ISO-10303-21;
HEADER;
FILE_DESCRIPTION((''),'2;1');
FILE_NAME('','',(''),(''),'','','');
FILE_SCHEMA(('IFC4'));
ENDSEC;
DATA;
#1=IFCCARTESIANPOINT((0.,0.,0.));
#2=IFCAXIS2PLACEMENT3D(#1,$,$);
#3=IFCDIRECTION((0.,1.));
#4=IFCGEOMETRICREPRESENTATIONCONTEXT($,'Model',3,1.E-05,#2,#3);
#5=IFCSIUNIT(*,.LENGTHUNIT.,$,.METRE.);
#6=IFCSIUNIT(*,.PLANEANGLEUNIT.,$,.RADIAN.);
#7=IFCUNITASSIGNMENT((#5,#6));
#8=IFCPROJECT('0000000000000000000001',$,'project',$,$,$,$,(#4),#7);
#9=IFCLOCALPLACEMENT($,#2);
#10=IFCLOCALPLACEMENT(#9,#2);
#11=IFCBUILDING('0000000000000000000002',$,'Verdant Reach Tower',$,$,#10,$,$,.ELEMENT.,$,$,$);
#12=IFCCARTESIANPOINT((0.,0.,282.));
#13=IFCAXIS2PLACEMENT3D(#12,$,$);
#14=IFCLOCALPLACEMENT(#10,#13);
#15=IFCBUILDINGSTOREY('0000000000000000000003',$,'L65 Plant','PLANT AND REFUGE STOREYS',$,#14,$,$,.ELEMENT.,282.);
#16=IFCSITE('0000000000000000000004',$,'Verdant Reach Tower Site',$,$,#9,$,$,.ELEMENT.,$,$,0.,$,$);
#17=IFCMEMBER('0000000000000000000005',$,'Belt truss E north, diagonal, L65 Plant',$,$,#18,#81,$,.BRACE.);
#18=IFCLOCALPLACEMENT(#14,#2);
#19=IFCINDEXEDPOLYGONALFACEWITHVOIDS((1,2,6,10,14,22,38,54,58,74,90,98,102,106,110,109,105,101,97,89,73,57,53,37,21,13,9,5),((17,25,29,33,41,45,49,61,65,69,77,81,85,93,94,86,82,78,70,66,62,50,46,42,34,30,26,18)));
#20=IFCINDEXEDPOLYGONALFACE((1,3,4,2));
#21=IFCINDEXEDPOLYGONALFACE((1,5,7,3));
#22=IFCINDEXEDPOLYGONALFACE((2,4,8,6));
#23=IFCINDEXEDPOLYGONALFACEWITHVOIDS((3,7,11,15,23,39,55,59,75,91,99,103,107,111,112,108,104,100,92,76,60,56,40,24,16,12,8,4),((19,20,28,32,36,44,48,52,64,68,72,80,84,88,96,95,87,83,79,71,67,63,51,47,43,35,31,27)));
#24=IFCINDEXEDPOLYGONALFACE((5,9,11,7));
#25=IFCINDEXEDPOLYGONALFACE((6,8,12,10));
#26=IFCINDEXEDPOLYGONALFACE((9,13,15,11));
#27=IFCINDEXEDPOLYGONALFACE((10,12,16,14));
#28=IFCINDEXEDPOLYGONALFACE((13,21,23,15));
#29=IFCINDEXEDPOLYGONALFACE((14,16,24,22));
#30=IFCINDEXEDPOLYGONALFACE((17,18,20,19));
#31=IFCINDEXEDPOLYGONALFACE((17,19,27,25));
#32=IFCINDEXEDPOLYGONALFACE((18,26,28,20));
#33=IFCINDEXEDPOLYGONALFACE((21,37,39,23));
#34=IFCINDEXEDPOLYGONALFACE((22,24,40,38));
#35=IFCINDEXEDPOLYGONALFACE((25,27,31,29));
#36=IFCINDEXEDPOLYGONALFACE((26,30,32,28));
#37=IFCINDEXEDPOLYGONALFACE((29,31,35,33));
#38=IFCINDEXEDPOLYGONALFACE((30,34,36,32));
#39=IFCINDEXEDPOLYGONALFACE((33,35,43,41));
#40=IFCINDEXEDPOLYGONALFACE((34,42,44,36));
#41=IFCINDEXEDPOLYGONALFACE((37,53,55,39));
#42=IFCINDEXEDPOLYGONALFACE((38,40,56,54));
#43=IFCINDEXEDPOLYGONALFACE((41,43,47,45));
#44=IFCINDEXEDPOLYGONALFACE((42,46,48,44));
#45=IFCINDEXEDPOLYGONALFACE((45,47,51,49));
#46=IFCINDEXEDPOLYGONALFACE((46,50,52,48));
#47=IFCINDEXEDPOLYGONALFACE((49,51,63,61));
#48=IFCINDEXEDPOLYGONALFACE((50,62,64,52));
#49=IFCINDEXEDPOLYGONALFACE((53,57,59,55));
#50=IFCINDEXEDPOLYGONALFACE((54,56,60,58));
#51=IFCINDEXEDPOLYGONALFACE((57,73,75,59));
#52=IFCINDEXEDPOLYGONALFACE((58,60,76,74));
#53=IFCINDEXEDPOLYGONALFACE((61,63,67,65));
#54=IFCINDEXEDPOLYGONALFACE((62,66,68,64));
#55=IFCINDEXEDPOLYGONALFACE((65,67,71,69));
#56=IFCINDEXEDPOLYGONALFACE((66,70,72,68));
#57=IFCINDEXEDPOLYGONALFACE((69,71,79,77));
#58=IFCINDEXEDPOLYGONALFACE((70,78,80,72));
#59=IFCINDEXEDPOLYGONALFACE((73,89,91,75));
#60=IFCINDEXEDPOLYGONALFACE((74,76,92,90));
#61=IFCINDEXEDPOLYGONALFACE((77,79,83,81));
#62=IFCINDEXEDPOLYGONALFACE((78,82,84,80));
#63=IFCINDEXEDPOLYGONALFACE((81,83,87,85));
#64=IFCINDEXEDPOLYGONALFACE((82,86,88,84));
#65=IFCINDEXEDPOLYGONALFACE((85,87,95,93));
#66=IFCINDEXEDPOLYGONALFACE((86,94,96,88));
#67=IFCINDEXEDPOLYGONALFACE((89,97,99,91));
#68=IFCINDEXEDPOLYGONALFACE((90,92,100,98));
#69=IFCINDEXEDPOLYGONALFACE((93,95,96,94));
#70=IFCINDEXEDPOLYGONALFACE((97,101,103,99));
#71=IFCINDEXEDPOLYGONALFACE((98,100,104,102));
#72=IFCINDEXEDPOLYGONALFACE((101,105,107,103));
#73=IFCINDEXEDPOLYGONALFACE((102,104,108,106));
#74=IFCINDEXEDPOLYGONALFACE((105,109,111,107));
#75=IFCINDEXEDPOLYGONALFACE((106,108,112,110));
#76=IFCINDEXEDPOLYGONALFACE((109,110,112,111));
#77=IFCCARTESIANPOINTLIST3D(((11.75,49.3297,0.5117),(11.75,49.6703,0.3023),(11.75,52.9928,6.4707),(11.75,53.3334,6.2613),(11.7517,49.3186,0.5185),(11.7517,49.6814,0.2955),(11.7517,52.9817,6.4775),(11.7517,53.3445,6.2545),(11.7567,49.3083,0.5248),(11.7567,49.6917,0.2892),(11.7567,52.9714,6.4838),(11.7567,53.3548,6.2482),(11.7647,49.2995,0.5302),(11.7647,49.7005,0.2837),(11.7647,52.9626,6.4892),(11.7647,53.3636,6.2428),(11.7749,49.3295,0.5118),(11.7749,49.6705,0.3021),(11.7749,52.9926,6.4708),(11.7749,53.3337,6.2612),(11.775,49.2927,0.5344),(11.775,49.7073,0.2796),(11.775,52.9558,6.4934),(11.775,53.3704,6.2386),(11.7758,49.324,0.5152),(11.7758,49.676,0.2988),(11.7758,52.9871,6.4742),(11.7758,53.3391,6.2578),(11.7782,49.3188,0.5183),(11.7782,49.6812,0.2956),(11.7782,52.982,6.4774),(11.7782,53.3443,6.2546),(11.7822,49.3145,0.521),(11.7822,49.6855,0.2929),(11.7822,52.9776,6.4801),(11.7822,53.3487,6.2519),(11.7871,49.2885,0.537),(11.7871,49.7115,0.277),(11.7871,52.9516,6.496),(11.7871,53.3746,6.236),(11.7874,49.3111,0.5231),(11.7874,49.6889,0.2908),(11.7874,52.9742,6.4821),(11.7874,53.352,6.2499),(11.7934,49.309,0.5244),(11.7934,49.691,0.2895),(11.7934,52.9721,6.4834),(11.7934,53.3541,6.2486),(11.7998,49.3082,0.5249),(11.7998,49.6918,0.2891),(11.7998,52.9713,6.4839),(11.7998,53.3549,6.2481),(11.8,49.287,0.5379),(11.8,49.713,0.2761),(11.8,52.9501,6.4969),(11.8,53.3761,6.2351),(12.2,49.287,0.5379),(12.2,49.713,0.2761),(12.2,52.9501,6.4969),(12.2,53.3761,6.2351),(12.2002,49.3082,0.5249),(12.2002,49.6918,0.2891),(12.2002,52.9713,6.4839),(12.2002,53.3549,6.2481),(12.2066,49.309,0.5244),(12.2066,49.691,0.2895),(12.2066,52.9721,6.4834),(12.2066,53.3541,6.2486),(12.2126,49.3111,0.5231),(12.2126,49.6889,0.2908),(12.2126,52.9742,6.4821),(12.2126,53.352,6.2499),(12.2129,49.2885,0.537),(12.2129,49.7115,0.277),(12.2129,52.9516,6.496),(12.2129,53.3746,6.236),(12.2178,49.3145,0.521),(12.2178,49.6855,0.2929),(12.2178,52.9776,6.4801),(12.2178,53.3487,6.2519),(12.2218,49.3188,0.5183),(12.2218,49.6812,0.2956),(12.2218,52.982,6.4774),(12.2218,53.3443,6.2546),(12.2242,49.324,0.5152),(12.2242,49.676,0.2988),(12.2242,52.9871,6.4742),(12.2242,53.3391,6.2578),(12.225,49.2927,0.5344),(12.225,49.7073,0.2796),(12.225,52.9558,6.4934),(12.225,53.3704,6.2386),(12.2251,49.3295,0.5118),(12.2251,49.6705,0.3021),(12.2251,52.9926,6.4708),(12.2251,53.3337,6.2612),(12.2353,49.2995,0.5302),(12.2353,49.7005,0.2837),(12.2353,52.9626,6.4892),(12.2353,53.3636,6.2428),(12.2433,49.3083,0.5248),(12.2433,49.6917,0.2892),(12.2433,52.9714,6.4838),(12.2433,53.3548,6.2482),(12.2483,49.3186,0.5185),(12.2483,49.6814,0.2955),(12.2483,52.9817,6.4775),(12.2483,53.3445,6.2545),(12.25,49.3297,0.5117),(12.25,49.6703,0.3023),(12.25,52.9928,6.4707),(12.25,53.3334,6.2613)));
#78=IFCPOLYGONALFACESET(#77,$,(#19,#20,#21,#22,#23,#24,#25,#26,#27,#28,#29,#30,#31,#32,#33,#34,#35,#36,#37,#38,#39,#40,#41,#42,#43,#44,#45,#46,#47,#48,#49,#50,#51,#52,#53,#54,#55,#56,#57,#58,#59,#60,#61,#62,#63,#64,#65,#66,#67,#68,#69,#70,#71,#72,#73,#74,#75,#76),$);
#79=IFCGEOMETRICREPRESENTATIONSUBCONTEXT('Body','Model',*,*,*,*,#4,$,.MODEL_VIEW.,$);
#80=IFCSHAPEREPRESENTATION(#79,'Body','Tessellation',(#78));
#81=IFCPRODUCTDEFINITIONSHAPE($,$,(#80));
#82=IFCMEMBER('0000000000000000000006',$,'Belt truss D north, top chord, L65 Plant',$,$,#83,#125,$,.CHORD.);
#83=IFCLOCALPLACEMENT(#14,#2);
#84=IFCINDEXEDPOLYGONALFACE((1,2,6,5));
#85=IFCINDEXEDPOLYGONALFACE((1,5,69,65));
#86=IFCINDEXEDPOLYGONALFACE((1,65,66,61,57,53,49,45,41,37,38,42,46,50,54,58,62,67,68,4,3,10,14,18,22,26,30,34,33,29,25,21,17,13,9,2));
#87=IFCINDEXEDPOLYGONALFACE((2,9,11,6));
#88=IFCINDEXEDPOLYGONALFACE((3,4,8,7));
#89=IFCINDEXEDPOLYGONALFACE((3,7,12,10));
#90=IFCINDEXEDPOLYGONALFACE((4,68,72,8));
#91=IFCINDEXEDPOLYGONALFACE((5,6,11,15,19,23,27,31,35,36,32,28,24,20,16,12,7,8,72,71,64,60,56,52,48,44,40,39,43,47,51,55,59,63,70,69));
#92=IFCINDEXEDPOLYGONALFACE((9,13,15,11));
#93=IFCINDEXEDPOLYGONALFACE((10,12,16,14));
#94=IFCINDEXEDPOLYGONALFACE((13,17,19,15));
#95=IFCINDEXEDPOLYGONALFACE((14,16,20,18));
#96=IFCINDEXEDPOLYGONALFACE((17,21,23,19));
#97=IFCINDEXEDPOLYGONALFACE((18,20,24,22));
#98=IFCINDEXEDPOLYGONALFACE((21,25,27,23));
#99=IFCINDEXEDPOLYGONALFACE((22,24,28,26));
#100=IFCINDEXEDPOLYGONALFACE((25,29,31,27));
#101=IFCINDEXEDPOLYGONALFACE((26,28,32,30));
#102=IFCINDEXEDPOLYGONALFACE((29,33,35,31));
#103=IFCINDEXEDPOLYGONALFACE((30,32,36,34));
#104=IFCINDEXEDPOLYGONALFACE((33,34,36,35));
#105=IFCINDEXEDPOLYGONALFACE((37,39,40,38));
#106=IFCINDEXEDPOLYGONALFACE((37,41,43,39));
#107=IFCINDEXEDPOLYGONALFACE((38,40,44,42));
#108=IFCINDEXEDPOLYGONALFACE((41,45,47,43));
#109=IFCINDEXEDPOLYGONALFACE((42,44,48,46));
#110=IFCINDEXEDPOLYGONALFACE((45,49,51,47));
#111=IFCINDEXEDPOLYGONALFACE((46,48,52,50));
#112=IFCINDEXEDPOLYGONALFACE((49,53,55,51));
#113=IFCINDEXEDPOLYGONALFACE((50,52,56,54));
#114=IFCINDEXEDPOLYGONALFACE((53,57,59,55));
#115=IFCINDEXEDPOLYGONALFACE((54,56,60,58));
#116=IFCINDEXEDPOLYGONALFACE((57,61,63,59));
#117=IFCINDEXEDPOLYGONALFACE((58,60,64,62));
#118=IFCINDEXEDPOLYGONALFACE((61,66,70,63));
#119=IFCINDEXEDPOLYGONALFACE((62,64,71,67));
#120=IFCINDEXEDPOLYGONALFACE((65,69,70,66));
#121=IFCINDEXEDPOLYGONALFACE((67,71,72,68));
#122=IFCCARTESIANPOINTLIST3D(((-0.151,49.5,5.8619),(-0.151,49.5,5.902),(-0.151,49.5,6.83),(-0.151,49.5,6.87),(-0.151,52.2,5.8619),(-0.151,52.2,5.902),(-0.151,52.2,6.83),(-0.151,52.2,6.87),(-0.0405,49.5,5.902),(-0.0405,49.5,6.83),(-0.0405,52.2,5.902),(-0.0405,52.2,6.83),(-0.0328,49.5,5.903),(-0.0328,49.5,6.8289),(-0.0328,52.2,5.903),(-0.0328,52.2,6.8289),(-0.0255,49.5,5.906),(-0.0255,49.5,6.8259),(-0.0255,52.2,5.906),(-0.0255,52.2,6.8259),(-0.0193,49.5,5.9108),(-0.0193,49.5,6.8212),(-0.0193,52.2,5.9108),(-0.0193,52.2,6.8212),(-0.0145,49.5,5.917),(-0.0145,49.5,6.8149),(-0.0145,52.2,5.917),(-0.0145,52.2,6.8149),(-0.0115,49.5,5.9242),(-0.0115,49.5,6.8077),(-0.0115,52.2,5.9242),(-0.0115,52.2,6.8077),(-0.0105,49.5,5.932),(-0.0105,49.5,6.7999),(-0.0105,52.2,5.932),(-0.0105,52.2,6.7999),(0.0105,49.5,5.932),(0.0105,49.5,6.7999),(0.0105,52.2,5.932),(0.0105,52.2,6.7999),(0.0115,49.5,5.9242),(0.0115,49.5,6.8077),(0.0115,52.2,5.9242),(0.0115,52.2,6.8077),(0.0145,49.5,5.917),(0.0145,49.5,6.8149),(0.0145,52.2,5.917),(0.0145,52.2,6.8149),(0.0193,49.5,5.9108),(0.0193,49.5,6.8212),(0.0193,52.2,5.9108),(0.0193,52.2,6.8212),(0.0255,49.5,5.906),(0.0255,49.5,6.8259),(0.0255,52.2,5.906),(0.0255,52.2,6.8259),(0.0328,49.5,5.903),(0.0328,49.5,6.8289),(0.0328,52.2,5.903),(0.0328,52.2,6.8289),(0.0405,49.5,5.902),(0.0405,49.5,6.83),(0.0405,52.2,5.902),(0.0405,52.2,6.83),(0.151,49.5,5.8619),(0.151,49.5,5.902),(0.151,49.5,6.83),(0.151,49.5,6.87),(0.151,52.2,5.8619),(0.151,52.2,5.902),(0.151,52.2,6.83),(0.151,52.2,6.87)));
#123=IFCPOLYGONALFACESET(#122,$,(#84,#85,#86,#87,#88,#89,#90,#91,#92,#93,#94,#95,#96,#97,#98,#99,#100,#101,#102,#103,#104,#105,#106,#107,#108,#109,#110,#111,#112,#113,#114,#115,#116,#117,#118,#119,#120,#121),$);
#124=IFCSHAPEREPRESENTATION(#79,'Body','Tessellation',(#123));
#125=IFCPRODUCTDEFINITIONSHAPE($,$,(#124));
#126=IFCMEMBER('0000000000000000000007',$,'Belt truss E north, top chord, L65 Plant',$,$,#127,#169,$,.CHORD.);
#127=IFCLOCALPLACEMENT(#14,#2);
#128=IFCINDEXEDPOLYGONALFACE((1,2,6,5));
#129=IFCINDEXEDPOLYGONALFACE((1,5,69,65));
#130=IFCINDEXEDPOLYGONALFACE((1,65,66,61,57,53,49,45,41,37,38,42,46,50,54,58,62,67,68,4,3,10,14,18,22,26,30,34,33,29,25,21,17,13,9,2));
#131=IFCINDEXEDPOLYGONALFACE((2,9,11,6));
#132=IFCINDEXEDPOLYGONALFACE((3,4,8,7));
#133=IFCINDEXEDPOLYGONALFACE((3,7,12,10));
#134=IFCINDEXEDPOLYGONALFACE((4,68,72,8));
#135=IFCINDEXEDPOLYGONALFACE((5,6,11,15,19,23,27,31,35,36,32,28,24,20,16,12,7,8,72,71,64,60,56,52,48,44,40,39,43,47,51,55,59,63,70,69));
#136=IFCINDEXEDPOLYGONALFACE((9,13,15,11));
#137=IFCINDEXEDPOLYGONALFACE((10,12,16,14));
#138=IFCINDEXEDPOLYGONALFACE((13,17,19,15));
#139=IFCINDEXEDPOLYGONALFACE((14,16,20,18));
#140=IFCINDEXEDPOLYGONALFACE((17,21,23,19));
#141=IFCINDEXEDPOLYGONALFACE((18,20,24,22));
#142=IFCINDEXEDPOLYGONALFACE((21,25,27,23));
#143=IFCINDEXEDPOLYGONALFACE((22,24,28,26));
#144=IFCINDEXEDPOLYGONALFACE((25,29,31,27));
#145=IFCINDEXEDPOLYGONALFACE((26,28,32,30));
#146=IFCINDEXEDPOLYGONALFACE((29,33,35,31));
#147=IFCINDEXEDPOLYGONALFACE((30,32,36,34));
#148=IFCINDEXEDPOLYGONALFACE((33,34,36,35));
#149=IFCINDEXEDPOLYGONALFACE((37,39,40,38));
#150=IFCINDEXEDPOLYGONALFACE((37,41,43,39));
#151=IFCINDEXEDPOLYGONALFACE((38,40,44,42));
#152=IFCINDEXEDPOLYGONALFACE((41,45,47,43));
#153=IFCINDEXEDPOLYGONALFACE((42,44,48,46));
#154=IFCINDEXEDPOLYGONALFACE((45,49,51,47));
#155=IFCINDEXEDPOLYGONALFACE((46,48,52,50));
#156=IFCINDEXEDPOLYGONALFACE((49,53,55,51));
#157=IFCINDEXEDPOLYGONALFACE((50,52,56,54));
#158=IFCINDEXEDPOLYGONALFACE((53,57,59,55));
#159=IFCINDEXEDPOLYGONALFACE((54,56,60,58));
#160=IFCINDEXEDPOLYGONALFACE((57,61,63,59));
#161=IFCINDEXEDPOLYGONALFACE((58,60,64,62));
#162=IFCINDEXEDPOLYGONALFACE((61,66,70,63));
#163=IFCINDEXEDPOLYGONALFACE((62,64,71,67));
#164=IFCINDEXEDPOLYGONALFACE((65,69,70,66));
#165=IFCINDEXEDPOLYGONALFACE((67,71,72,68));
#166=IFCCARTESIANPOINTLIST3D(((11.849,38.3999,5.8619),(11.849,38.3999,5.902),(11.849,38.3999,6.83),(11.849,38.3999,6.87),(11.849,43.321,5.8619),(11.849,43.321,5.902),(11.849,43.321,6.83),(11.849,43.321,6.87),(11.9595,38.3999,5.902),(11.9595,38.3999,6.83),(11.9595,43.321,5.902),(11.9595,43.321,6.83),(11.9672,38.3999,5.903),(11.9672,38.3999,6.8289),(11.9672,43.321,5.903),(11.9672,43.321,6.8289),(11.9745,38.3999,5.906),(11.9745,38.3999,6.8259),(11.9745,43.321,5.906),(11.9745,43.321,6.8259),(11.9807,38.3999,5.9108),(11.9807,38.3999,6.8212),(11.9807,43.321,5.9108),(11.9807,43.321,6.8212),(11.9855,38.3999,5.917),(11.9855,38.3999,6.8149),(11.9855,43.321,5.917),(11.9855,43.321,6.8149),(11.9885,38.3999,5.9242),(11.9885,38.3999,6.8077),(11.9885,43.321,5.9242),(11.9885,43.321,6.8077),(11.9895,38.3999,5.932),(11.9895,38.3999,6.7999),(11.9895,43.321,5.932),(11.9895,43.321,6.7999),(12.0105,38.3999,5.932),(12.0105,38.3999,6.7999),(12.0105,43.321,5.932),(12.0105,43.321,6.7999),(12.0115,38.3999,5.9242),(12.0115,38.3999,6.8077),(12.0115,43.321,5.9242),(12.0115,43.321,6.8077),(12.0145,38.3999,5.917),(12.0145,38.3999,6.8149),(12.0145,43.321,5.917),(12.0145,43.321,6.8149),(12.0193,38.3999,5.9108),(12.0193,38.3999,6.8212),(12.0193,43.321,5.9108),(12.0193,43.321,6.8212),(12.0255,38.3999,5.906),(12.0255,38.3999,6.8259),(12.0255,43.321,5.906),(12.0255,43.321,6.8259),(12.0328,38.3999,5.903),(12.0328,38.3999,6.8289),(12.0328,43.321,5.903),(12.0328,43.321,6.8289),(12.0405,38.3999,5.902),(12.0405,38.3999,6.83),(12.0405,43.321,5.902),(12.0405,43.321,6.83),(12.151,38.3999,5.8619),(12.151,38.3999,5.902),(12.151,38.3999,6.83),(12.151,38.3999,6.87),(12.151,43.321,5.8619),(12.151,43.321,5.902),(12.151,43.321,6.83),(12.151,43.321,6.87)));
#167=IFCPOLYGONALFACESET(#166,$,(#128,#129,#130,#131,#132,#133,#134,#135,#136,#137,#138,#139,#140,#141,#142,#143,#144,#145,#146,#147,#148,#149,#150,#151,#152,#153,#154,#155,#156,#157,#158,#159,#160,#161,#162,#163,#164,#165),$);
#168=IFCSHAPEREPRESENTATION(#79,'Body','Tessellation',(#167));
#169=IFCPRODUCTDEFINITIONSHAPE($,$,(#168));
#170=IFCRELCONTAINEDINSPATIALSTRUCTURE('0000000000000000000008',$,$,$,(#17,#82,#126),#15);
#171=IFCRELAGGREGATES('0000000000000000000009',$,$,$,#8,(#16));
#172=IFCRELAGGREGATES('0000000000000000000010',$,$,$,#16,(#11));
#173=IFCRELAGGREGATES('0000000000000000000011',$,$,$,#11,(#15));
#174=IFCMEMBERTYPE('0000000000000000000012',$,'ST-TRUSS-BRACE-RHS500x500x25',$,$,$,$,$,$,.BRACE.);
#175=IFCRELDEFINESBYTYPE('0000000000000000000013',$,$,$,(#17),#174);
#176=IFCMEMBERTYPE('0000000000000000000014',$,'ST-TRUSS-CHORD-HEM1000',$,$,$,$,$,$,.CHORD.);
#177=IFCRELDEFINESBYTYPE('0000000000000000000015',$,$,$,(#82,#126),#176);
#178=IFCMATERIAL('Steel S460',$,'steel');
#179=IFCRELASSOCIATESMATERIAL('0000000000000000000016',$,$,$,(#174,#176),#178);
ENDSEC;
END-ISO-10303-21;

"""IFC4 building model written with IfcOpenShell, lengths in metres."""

from ifc_helpers import new_model, si_unit, direction, frame, origin, origin_2d, place, context, subcontext, project, spatial, hollow_rectangle, i_section, extrude, material, material_profile, profile_set, type_object, element, save


model = new_model("IFC4")

# Units and contexts
model_context = context("Model", 3, precision=1e-05, world=origin(), true_north=direction((0.0, 1.0)))
body_context = subcontext(model_context, "Body", "Model", "MODEL_VIEW")
ifc_project = project(units=[si_unit("LENGTHUNIT", "METRE"), si_unit("PLANEANGLEUNIT", "RADIAN")], contexts=[model_context])

# Site, building, storey
site_placement = place(None, origin())
site = spatial("IfcSite", under=ifc_project, at=site_placement, Name="Verdant Reach Tower Site", CompositionType="ELEMENT", RefElevation=0.0)
building_placement = place(site_placement, origin())
building = spatial("IfcBuilding", under=site, at=building_placement, Name="Verdant Reach Tower", CompositionType="ELEMENT")
storey_placement = place(building_placement, frame((0.0, 0.0, 282.0)))
storey = spatial("IfcBuildingStorey", under=building, at=storey_placement, Name="L65 Plant", Description="PLANT AND REFUGE STOREYS", CompositionType="ELEMENT", Elevation=282.0)

# Shared definitions
ifc_material_1 = material(Name="Steel S460", Category="steel")

# Members
ifc_material_profile_1 = material_profile(ifc_material_1, hollow_rectangle(XDim=0.5, YDim=0.5, WallThickness=0.0249, InnerFilletRadius=0.0249, OuterFilletRadius=0.05, at=origin_2d()), Name="RHS 500x500x25")
ifc_profile_set_1 = profile_set([ifc_material_profile_1], Name="Steel S460")
member_type_1 = type_object("IfcMemberType", Name="ST-TRUSS-BRACE-RHS500x500x25", PredefinedType="BRACE", material=ifc_profile_set_1)
member_1_placement = place(storey_placement, frame((12.0, 49.5, 0.407), z_axis=(0.0, 0.523685, 0.851912), x_axis=(-1.0, 0.0, 0.0)))
element("IfcMember", 1, at=member_1_placement, inside=storey, type_object=member_type_1, Name="Belt truss E north, diagonal, L65 Plant", PredefinedType="BRACE", context=body_context, shape_type="SweptSolid", body=[
    extrude(hollow_rectangle(XDim=0.5, YDim=0.5, WallThickness=0.0249, InnerFilletRadius=0.0249, OuterFilletRadius=0.05, at=origin_2d()), origin(), (0.0, 0.0, 1.0), 6.9949),
])
ifc_material_profile_2 = material_profile(ifc_material_1, i_section(OverallWidth=0.302, OverallDepth=1.0081, WebThickness=0.021, FlangeThickness=0.04, FilletRadius=0.03, at=origin_2d()), Name="HEM 1000")
ifc_profile_set_2 = profile_set([ifc_material_profile_2], Name="Steel S460")
member_type_2 = type_object("IfcMemberType", Name="ST-TRUSS-CHORD-HEM1000", PredefinedType="CHORD", material=ifc_profile_set_2)
member_2_placement = place(storey_placement, frame((0.0, 49.5, 6.366), z_axis=(0.0, 1.0, 0.0), x_axis=(-1.0, 0.0, 0.0)))
element("IfcMember", 2, at=member_2_placement, inside=storey, type_object=member_type_2, Name="Belt truss D north, top chord, L65 Plant", PredefinedType="CHORD", context=body_context, shape_type="SweptSolid", body=[
    extrude(i_section(OverallWidth=0.302, OverallDepth=1.0081, WebThickness=0.021, FlangeThickness=0.04, FilletRadius=0.03, at=origin_2d()), origin(), (0.0, 0.0, 1.0), 2.7),
])
member_3_placement = place(storey_placement, frame((12.0, 38.3999, 6.366), z_axis=(0.0, 1.0, 0.0), x_axis=(-1.0, 0.0, 0.0)))
element("IfcMember", 3, at=member_3_placement, inside=storey, type_object=member_type_2, Name="Belt truss E north, top chord, L65 Plant", PredefinedType="CHORD", context=body_context, shape_type="SweptSolid", body=[
    extrude(i_section(OverallWidth=0.302, OverallDepth=1.0081, WebThickness=0.021, FlangeThickness=0.04, FilletRadius=0.03, at=origin_2d()), origin(), (0.0, 0.0, 1.0), 4.9211),
])

save(model, "model.ifc")
